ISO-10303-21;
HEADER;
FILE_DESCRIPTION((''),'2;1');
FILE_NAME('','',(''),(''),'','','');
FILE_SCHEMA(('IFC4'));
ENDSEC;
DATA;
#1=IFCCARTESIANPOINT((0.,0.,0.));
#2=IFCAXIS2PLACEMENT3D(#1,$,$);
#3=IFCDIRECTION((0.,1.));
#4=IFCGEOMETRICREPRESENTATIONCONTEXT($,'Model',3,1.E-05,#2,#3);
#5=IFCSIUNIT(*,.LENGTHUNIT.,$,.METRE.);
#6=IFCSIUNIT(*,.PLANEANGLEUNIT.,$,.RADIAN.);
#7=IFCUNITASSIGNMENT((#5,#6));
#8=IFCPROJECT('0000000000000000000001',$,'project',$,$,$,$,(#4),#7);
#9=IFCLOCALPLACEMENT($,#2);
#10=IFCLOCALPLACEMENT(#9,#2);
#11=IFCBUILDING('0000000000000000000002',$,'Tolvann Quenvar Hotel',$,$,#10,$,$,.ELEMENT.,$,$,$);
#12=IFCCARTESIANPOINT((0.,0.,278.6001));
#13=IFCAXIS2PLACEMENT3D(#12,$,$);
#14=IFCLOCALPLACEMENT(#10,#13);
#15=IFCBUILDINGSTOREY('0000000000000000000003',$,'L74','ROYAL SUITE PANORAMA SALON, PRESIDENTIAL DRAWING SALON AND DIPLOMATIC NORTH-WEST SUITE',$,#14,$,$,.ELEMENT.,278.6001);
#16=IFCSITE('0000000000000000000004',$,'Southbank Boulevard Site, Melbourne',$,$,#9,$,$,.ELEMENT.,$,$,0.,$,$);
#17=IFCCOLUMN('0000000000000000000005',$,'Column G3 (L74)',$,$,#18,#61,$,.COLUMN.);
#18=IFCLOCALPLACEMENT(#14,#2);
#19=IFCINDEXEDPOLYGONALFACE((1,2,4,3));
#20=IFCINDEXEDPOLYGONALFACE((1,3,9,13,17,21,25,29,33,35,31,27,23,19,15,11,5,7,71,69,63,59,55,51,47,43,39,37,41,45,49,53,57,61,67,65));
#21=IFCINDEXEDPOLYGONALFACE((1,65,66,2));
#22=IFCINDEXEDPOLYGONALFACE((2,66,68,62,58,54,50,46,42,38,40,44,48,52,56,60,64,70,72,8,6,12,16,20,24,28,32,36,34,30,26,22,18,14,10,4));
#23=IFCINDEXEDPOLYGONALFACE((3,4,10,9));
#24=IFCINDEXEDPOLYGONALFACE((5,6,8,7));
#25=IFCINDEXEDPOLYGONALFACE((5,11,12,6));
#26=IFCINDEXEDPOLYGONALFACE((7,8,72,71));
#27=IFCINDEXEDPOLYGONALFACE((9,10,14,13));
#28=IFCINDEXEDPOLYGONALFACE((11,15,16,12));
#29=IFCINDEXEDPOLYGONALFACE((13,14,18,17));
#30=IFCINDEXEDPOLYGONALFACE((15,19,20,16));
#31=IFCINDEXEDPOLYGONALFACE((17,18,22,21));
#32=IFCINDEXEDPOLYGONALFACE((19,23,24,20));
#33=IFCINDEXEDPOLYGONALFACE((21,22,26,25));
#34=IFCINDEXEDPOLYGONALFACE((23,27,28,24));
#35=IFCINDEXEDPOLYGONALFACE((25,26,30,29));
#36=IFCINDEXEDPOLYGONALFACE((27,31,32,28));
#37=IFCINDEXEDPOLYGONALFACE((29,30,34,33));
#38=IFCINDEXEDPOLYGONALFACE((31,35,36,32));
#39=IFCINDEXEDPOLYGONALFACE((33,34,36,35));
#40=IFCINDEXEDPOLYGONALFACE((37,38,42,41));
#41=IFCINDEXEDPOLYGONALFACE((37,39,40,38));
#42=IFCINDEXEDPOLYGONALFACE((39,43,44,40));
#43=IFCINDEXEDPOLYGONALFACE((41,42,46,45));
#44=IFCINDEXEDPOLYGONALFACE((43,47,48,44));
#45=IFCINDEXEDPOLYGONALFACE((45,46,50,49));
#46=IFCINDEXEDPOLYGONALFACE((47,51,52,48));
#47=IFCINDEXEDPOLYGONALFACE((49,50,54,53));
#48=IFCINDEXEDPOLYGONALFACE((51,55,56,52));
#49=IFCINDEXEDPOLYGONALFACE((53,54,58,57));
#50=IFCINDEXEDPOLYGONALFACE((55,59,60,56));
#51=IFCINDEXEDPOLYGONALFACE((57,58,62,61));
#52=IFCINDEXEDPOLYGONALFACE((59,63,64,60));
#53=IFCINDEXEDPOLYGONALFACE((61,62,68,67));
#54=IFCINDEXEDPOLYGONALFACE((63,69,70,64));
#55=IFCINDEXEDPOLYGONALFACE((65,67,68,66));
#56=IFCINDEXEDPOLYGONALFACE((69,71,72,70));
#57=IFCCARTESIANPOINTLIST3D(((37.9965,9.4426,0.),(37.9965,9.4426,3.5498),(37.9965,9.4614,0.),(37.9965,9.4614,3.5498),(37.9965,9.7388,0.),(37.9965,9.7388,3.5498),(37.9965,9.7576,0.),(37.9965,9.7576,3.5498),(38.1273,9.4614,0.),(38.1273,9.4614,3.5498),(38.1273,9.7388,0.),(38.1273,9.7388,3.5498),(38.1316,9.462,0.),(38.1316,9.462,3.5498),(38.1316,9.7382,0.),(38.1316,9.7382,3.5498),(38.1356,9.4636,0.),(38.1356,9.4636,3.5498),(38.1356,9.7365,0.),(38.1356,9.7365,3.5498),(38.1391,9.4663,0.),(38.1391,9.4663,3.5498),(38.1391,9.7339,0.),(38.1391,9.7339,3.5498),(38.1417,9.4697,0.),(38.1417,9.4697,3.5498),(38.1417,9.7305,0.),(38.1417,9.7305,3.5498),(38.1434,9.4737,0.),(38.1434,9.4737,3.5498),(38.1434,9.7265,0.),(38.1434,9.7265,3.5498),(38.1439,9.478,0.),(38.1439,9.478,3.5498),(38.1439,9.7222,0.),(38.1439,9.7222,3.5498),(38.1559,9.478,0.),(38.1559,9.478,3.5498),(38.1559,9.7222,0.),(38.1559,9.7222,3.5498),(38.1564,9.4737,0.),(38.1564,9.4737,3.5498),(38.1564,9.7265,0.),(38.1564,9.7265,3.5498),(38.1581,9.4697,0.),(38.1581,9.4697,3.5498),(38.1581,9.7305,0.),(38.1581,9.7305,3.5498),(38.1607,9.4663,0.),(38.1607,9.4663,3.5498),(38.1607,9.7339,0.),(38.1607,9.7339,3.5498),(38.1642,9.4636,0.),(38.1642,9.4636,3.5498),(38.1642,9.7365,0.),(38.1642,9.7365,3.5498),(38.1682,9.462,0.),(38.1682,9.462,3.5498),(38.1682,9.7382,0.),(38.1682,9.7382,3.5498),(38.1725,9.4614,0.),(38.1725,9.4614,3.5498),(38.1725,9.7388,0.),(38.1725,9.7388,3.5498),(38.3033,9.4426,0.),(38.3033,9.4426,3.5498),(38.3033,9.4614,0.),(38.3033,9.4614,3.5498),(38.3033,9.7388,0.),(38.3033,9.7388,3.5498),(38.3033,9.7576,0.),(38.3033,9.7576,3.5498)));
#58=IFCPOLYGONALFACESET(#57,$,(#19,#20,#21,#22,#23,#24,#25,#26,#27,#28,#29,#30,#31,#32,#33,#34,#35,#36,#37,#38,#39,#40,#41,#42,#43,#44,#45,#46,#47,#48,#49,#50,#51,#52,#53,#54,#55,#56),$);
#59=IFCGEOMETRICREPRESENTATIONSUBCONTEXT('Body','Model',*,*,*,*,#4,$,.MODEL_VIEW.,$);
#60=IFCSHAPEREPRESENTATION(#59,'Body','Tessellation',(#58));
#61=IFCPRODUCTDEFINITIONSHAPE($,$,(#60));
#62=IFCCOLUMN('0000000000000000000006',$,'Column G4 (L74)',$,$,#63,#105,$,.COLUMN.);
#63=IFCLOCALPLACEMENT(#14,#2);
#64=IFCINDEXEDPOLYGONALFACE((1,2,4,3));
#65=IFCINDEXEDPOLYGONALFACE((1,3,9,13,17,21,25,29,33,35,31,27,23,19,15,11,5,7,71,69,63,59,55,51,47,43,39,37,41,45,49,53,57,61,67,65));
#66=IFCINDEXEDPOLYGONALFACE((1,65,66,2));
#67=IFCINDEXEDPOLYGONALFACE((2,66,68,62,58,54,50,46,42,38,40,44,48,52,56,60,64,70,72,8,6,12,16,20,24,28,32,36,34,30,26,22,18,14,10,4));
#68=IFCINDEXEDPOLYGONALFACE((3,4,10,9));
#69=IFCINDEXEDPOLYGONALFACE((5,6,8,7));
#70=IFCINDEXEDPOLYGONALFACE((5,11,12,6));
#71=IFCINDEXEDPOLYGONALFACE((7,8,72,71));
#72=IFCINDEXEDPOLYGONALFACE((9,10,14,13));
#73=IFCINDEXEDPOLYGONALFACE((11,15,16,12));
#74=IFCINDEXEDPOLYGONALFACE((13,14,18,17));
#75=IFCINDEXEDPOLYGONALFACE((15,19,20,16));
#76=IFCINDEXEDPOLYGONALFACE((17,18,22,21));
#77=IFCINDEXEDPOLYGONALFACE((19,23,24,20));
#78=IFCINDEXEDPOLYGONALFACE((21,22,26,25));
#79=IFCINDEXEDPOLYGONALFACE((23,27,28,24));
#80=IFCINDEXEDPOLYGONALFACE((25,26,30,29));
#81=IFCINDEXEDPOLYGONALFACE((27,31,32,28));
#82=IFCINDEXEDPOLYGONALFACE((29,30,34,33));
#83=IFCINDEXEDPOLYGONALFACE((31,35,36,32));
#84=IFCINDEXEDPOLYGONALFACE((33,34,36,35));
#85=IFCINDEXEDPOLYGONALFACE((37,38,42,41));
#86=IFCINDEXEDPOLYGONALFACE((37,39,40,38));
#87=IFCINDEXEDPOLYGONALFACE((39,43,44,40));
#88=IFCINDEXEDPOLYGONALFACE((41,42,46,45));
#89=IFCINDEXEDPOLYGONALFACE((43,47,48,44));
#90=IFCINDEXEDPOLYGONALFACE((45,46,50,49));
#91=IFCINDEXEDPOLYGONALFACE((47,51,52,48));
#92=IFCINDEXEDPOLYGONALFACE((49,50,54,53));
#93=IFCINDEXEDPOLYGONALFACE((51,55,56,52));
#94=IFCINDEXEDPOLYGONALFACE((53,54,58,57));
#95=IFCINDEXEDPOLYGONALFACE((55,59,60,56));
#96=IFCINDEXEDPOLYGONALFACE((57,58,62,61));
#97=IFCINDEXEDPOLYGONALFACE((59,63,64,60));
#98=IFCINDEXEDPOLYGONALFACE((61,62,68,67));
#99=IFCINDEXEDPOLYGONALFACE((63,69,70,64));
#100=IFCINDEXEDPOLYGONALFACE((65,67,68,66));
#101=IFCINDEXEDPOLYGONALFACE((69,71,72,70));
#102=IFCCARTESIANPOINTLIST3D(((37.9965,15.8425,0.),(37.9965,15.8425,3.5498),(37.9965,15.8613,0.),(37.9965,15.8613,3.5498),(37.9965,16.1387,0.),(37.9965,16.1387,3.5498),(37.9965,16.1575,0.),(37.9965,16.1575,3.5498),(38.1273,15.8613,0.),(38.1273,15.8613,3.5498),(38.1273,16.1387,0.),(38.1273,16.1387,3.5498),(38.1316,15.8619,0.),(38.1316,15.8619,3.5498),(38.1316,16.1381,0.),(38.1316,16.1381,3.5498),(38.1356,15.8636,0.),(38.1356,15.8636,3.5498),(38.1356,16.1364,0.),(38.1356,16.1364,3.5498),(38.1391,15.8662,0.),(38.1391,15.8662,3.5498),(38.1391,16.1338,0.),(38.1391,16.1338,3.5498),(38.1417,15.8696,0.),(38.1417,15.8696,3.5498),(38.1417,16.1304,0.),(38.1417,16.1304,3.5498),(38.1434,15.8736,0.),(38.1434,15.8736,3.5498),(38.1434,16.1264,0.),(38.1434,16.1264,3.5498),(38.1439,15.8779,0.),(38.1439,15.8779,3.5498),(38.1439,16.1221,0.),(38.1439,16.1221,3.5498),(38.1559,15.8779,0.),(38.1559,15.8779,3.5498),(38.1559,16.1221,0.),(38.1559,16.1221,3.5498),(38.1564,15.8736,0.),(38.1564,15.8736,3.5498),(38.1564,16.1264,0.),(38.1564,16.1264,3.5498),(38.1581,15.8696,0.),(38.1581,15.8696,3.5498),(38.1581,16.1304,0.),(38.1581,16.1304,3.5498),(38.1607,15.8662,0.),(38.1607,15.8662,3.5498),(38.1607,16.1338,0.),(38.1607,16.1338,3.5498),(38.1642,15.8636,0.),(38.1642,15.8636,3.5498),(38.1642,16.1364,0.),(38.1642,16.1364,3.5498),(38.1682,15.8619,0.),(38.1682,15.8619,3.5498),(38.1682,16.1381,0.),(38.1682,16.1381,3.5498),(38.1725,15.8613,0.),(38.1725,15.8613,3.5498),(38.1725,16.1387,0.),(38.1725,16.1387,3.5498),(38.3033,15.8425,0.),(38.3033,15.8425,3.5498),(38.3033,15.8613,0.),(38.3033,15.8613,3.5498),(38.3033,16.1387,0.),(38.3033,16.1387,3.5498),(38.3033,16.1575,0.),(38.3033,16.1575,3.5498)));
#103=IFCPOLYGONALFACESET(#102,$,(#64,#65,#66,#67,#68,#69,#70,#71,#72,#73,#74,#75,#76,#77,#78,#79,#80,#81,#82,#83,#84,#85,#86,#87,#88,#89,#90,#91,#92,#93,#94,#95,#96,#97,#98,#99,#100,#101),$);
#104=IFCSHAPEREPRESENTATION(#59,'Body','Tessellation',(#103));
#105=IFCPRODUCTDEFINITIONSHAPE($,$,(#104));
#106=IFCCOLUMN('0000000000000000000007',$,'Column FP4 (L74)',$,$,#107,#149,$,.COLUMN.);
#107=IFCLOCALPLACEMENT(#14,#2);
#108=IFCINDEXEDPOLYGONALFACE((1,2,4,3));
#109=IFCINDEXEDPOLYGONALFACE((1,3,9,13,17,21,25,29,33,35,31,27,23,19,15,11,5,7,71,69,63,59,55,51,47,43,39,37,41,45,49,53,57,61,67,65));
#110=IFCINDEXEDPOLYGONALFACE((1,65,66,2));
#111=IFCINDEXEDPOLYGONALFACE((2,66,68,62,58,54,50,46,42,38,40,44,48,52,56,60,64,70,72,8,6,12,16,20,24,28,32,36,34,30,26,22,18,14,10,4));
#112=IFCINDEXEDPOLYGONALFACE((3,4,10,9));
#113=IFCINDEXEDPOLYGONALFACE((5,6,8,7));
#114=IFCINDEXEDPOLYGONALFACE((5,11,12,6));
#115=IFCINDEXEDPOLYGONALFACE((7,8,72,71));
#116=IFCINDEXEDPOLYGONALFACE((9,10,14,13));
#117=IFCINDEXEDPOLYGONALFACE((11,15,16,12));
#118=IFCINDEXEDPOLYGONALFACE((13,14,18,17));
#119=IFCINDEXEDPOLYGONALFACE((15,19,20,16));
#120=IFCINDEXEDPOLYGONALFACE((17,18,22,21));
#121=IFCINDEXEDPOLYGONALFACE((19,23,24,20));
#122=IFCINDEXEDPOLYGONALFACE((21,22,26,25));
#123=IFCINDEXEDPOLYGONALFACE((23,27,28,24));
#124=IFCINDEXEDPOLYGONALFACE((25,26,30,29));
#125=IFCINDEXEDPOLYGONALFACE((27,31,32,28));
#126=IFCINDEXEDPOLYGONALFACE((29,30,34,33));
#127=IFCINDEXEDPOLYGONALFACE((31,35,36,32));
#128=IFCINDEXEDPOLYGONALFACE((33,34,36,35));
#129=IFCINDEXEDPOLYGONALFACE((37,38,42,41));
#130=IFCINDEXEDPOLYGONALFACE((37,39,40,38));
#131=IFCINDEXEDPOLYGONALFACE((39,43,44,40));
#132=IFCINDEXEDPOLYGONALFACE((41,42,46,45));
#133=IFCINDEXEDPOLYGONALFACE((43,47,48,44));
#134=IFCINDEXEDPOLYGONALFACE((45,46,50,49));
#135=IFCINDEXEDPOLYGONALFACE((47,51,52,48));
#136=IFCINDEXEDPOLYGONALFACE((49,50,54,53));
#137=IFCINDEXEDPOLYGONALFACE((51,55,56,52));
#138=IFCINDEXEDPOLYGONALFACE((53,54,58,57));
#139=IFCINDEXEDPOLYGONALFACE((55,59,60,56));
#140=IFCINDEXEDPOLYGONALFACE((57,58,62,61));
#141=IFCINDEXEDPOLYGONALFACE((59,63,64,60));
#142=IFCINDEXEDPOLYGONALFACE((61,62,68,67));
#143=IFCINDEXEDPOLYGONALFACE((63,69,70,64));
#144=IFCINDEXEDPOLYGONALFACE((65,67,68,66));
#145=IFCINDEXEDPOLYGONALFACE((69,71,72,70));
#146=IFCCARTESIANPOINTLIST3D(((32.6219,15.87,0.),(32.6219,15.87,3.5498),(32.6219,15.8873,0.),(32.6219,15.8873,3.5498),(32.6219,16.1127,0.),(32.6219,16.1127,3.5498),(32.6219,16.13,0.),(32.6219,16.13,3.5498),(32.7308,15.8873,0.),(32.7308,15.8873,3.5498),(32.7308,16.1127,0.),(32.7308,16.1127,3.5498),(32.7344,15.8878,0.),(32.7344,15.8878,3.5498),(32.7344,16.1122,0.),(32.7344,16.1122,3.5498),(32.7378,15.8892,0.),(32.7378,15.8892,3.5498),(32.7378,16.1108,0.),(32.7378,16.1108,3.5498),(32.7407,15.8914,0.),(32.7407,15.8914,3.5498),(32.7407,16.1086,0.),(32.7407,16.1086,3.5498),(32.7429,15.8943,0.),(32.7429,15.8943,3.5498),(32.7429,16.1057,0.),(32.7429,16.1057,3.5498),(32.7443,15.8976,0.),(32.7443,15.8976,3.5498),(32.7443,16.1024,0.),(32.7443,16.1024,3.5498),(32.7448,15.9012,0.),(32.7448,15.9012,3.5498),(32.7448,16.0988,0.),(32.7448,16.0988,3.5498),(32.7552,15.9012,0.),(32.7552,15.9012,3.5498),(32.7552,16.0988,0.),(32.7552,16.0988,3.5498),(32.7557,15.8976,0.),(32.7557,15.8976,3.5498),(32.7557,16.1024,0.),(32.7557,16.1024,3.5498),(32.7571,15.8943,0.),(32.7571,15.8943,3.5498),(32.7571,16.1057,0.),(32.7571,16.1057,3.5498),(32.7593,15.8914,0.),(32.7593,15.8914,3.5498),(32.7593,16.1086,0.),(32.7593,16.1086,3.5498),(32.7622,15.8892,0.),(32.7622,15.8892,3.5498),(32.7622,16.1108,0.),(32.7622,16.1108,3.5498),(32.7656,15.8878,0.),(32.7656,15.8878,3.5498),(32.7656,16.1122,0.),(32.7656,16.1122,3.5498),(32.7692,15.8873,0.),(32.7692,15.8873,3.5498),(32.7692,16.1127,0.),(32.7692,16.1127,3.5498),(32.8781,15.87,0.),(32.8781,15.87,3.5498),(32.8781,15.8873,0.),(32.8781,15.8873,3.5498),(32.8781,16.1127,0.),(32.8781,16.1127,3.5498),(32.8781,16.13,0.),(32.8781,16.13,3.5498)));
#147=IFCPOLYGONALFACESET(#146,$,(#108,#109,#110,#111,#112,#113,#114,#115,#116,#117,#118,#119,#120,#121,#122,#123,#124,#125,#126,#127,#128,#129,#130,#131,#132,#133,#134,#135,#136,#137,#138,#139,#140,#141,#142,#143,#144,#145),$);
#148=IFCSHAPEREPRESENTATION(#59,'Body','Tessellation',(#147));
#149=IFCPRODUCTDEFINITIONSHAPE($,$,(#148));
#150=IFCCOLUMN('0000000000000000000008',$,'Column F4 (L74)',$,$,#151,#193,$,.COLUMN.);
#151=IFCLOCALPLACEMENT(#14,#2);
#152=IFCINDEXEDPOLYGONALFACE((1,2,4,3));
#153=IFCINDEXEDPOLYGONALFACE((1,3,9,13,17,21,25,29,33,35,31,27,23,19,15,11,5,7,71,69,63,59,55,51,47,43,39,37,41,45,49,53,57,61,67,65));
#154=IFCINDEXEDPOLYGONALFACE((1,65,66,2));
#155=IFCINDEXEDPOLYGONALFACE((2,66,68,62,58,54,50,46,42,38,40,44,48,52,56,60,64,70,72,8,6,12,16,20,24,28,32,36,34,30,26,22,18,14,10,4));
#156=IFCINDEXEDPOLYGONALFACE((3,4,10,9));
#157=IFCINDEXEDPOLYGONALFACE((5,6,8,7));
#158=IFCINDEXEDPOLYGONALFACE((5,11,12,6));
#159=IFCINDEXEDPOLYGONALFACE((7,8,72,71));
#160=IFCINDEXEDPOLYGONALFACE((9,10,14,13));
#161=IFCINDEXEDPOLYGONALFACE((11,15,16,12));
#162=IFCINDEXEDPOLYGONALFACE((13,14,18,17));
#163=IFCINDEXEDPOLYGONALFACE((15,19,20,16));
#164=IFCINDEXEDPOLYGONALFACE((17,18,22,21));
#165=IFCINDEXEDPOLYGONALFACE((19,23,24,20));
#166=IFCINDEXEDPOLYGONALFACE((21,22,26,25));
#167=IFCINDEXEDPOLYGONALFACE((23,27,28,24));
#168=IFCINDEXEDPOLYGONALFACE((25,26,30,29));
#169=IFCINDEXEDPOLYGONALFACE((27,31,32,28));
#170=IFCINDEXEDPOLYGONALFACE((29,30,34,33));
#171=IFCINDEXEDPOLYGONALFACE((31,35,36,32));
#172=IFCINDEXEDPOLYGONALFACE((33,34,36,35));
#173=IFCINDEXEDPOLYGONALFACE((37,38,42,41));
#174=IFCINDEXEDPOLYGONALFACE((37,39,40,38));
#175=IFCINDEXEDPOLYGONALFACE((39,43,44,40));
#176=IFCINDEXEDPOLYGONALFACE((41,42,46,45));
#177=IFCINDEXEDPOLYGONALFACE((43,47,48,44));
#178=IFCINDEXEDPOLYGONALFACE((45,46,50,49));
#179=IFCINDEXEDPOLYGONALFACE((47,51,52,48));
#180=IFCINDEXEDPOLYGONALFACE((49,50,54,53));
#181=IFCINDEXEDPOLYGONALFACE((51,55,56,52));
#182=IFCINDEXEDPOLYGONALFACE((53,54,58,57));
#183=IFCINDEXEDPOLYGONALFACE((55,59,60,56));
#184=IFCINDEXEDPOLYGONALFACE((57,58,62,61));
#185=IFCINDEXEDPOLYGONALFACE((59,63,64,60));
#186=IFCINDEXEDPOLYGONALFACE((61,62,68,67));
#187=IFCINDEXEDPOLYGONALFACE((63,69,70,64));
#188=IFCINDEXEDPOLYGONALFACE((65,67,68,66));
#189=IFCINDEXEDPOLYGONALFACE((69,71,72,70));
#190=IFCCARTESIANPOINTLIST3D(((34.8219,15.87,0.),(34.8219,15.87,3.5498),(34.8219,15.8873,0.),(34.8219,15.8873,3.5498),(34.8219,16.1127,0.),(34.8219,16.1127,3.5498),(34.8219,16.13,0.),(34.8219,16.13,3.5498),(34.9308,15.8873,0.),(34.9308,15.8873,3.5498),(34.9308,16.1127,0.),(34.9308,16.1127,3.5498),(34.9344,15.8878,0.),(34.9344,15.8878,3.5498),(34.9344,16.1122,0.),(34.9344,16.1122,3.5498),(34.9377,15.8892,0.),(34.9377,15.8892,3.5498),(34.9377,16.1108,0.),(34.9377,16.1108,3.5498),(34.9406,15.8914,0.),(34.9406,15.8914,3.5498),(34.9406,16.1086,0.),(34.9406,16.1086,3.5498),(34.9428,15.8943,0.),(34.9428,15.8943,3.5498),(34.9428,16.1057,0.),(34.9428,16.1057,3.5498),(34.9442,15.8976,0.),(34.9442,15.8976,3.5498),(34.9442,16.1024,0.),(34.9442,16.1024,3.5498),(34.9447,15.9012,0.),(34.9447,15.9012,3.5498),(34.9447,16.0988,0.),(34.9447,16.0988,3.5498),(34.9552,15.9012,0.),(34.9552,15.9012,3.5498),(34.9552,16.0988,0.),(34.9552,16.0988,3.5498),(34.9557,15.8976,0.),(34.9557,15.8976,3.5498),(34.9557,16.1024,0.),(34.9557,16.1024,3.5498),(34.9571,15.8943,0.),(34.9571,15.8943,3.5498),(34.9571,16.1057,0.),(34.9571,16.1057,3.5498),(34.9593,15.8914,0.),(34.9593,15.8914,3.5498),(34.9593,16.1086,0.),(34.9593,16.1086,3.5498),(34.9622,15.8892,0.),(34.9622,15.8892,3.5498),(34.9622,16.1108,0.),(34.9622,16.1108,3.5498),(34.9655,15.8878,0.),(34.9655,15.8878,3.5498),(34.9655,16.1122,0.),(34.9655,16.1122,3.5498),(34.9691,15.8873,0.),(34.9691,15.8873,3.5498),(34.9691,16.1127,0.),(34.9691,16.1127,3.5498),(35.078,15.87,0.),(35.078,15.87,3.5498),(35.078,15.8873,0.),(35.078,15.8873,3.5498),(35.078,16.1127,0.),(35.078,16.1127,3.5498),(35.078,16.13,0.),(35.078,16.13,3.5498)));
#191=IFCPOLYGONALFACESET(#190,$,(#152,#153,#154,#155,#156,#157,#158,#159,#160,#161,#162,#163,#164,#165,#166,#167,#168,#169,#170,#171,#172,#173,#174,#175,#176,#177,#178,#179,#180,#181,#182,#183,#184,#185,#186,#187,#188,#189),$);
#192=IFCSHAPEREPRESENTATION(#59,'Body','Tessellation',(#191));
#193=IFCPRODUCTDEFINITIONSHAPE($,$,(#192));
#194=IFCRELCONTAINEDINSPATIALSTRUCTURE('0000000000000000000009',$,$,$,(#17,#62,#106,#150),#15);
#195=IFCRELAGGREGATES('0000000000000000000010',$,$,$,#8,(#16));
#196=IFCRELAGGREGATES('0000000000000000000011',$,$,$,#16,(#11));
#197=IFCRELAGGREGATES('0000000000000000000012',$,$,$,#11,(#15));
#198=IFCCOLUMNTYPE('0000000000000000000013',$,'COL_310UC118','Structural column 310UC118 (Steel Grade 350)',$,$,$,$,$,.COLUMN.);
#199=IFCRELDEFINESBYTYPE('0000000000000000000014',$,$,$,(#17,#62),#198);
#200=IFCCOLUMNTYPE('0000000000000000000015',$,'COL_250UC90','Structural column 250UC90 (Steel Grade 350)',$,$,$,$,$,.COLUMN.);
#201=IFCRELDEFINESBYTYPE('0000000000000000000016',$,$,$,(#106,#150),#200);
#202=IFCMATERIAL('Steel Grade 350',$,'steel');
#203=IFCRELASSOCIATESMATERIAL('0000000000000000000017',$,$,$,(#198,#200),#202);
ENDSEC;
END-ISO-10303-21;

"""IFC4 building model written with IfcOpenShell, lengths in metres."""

from ifc_helpers import new_model, si_unit, direction, frame, origin, origin_2d, place, context, subcontext, project, spatial, i_section, extrude, source, transform, mapped, material, material_profile, profile_set, type_object, type_shapes, element, save


model = new_model("IFC4")

# Units and contexts
model_context = context("Model", 3, precision=1e-05, world=origin(), true_north=direction((0.0, 1.0)))
body_context = subcontext(model_context, "Body", "Model", "MODEL_VIEW")
ifc_project = project(units=[si_unit("LENGTHUNIT", "METRE"), si_unit("PLANEANGLEUNIT", "RADIAN")], contexts=[model_context])

# Site, building, storey
site_placement = place(None, origin())
site = spatial("IfcSite", under=ifc_project, at=site_placement, Name="Southbank Boulevard Site, Melbourne", CompositionType="ELEMENT", RefElevation=0.0)
building_placement = place(site_placement, origin())
building = spatial("IfcBuilding", under=site, at=building_placement, Name="Tolvann Quenvar Hotel", CompositionType="ELEMENT")
storey_placement = place(building_placement, frame((0.0, 0.0, 278.6001)))
storey = spatial("IfcBuildingStorey", under=building, at=storey_placement, Name="L74", Description="ROYAL SUITE PANORAMA SALON, PRESIDENTIAL DRAWING SALON AND DIPLOMATIC NORTH-WEST SUITE", CompositionType="ELEMENT", Elevation=278.6001)

# Columns
ifc_material_1 = material(Name="Steel Grade 350", Category="steel")
ifc_material_profile_1 = material_profile(ifc_material_1, i_section(OverallWidth=0.3069, OverallDepth=0.3149, WebThickness=0.012, FlangeThickness=0.0188, FilletRadius=0.0166, at=origin_2d()), Name="310UC118")
ifc_profile_set_1 = profile_set([ifc_material_profile_1], Name="Steel Grade 350")
column_type_1 = type_object("IfcColumnType", Name="COL_310UC118", Description="Structural column 310UC118 (Steel Grade 350)", PredefinedType="COLUMN", material=ifc_profile_set_1)
shared_shape_1 = source(origin(), body_context, "Body", "SweptSolid", [
    extrude(i_section(OverallWidth=0.3069, OverallDepth=0.3149, WebThickness=0.012, FlangeThickness=0.0188, FilletRadius=0.0166, at=origin_2d()), origin(), (0.0, 0.0, 1.0), 3.5498),
])
type_shapes(column_type_1, [shared_shape_1])
for number, where, z_axis, x_axis, name in (
    (1, (38.1499, 9.6001, 0.0), (0.0, 0.0, 1.0), (1.0, 0.0, 0.0), "Column G3 (L74)"),
    (2, (38.1499, 16.0, 0.0), (0.0, 0.0, 1.0), (1.0, 0.0, 0.0), "Column G4 (L74)"),
):
    element("IfcColumn", number, at=place(storey_placement, frame(where, z_axis=z_axis, x_axis=x_axis)), inside=storey, type_object=column_type_1, Name=name, PredefinedType="COLUMN", context=body_context, shape_type="MappedRepresentation", body=[
        mapped(shared_shape_1, transform((0.0, 0.0, 0.0), x_axis=(1.0, 0.0, 0.0), y_axis=(0.0, 1.0, 0.0), z_axis=(0.0, 0.0, 1.0), scale=1.0)),
    ])
ifc_material_profile_2 = material_profile(ifc_material_1, i_section(OverallWidth=0.2561, OverallDepth=0.26, WebThickness=0.0105, FlangeThickness=0.0173, FilletRadius=0.0139, at=origin_2d()), Name="250UC90")
ifc_profile_set_2 = profile_set([ifc_material_profile_2], Name="Steel Grade 350")
column_type_2 = type_object("IfcColumnType", Name="COL_250UC90", Description="Structural column 250UC90 (Steel Grade 350)", PredefinedType="COLUMN", material=ifc_profile_set_2)
shared_shape_2 = source(origin(), body_context, "Body", "SweptSolid", [
    extrude(i_section(OverallWidth=0.2561, OverallDepth=0.26, WebThickness=0.0105, FlangeThickness=0.0173, FilletRadius=0.0139, at=origin_2d()), origin(), (0.0, 0.0, 1.0), 3.5498),
])
type_shapes(column_type_2, [shared_shape_2])
for number, where, z_axis, x_axis, name in (
    (3, (32.75, 16.0, 0.0), (0.0, 0.0, 1.0), (1.0, 0.0, 0.0), "Column FP4 (L74)"),
    (4, (34.95, 16.0, 0.0), (0.0, 0.0, 1.0), (1.0, 0.0, 0.0), "Column F4 (L74)"),
):
    element("IfcColumn", number, at=place(storey_placement, frame(where, z_axis=z_axis, x_axis=x_axis)), inside=storey, type_object=column_type_2, Name=name, PredefinedType="COLUMN", context=body_context, shape_type="MappedRepresentation", body=[
        mapped(shared_shape_2, transform((0.0, 0.0, 0.0), x_axis=(1.0, 0.0, 0.0), y_axis=(0.0, 1.0, 0.0), z_axis=(0.0, 0.0, 1.0), scale=1.0)),
    ])

save(model, "model.ifc")
